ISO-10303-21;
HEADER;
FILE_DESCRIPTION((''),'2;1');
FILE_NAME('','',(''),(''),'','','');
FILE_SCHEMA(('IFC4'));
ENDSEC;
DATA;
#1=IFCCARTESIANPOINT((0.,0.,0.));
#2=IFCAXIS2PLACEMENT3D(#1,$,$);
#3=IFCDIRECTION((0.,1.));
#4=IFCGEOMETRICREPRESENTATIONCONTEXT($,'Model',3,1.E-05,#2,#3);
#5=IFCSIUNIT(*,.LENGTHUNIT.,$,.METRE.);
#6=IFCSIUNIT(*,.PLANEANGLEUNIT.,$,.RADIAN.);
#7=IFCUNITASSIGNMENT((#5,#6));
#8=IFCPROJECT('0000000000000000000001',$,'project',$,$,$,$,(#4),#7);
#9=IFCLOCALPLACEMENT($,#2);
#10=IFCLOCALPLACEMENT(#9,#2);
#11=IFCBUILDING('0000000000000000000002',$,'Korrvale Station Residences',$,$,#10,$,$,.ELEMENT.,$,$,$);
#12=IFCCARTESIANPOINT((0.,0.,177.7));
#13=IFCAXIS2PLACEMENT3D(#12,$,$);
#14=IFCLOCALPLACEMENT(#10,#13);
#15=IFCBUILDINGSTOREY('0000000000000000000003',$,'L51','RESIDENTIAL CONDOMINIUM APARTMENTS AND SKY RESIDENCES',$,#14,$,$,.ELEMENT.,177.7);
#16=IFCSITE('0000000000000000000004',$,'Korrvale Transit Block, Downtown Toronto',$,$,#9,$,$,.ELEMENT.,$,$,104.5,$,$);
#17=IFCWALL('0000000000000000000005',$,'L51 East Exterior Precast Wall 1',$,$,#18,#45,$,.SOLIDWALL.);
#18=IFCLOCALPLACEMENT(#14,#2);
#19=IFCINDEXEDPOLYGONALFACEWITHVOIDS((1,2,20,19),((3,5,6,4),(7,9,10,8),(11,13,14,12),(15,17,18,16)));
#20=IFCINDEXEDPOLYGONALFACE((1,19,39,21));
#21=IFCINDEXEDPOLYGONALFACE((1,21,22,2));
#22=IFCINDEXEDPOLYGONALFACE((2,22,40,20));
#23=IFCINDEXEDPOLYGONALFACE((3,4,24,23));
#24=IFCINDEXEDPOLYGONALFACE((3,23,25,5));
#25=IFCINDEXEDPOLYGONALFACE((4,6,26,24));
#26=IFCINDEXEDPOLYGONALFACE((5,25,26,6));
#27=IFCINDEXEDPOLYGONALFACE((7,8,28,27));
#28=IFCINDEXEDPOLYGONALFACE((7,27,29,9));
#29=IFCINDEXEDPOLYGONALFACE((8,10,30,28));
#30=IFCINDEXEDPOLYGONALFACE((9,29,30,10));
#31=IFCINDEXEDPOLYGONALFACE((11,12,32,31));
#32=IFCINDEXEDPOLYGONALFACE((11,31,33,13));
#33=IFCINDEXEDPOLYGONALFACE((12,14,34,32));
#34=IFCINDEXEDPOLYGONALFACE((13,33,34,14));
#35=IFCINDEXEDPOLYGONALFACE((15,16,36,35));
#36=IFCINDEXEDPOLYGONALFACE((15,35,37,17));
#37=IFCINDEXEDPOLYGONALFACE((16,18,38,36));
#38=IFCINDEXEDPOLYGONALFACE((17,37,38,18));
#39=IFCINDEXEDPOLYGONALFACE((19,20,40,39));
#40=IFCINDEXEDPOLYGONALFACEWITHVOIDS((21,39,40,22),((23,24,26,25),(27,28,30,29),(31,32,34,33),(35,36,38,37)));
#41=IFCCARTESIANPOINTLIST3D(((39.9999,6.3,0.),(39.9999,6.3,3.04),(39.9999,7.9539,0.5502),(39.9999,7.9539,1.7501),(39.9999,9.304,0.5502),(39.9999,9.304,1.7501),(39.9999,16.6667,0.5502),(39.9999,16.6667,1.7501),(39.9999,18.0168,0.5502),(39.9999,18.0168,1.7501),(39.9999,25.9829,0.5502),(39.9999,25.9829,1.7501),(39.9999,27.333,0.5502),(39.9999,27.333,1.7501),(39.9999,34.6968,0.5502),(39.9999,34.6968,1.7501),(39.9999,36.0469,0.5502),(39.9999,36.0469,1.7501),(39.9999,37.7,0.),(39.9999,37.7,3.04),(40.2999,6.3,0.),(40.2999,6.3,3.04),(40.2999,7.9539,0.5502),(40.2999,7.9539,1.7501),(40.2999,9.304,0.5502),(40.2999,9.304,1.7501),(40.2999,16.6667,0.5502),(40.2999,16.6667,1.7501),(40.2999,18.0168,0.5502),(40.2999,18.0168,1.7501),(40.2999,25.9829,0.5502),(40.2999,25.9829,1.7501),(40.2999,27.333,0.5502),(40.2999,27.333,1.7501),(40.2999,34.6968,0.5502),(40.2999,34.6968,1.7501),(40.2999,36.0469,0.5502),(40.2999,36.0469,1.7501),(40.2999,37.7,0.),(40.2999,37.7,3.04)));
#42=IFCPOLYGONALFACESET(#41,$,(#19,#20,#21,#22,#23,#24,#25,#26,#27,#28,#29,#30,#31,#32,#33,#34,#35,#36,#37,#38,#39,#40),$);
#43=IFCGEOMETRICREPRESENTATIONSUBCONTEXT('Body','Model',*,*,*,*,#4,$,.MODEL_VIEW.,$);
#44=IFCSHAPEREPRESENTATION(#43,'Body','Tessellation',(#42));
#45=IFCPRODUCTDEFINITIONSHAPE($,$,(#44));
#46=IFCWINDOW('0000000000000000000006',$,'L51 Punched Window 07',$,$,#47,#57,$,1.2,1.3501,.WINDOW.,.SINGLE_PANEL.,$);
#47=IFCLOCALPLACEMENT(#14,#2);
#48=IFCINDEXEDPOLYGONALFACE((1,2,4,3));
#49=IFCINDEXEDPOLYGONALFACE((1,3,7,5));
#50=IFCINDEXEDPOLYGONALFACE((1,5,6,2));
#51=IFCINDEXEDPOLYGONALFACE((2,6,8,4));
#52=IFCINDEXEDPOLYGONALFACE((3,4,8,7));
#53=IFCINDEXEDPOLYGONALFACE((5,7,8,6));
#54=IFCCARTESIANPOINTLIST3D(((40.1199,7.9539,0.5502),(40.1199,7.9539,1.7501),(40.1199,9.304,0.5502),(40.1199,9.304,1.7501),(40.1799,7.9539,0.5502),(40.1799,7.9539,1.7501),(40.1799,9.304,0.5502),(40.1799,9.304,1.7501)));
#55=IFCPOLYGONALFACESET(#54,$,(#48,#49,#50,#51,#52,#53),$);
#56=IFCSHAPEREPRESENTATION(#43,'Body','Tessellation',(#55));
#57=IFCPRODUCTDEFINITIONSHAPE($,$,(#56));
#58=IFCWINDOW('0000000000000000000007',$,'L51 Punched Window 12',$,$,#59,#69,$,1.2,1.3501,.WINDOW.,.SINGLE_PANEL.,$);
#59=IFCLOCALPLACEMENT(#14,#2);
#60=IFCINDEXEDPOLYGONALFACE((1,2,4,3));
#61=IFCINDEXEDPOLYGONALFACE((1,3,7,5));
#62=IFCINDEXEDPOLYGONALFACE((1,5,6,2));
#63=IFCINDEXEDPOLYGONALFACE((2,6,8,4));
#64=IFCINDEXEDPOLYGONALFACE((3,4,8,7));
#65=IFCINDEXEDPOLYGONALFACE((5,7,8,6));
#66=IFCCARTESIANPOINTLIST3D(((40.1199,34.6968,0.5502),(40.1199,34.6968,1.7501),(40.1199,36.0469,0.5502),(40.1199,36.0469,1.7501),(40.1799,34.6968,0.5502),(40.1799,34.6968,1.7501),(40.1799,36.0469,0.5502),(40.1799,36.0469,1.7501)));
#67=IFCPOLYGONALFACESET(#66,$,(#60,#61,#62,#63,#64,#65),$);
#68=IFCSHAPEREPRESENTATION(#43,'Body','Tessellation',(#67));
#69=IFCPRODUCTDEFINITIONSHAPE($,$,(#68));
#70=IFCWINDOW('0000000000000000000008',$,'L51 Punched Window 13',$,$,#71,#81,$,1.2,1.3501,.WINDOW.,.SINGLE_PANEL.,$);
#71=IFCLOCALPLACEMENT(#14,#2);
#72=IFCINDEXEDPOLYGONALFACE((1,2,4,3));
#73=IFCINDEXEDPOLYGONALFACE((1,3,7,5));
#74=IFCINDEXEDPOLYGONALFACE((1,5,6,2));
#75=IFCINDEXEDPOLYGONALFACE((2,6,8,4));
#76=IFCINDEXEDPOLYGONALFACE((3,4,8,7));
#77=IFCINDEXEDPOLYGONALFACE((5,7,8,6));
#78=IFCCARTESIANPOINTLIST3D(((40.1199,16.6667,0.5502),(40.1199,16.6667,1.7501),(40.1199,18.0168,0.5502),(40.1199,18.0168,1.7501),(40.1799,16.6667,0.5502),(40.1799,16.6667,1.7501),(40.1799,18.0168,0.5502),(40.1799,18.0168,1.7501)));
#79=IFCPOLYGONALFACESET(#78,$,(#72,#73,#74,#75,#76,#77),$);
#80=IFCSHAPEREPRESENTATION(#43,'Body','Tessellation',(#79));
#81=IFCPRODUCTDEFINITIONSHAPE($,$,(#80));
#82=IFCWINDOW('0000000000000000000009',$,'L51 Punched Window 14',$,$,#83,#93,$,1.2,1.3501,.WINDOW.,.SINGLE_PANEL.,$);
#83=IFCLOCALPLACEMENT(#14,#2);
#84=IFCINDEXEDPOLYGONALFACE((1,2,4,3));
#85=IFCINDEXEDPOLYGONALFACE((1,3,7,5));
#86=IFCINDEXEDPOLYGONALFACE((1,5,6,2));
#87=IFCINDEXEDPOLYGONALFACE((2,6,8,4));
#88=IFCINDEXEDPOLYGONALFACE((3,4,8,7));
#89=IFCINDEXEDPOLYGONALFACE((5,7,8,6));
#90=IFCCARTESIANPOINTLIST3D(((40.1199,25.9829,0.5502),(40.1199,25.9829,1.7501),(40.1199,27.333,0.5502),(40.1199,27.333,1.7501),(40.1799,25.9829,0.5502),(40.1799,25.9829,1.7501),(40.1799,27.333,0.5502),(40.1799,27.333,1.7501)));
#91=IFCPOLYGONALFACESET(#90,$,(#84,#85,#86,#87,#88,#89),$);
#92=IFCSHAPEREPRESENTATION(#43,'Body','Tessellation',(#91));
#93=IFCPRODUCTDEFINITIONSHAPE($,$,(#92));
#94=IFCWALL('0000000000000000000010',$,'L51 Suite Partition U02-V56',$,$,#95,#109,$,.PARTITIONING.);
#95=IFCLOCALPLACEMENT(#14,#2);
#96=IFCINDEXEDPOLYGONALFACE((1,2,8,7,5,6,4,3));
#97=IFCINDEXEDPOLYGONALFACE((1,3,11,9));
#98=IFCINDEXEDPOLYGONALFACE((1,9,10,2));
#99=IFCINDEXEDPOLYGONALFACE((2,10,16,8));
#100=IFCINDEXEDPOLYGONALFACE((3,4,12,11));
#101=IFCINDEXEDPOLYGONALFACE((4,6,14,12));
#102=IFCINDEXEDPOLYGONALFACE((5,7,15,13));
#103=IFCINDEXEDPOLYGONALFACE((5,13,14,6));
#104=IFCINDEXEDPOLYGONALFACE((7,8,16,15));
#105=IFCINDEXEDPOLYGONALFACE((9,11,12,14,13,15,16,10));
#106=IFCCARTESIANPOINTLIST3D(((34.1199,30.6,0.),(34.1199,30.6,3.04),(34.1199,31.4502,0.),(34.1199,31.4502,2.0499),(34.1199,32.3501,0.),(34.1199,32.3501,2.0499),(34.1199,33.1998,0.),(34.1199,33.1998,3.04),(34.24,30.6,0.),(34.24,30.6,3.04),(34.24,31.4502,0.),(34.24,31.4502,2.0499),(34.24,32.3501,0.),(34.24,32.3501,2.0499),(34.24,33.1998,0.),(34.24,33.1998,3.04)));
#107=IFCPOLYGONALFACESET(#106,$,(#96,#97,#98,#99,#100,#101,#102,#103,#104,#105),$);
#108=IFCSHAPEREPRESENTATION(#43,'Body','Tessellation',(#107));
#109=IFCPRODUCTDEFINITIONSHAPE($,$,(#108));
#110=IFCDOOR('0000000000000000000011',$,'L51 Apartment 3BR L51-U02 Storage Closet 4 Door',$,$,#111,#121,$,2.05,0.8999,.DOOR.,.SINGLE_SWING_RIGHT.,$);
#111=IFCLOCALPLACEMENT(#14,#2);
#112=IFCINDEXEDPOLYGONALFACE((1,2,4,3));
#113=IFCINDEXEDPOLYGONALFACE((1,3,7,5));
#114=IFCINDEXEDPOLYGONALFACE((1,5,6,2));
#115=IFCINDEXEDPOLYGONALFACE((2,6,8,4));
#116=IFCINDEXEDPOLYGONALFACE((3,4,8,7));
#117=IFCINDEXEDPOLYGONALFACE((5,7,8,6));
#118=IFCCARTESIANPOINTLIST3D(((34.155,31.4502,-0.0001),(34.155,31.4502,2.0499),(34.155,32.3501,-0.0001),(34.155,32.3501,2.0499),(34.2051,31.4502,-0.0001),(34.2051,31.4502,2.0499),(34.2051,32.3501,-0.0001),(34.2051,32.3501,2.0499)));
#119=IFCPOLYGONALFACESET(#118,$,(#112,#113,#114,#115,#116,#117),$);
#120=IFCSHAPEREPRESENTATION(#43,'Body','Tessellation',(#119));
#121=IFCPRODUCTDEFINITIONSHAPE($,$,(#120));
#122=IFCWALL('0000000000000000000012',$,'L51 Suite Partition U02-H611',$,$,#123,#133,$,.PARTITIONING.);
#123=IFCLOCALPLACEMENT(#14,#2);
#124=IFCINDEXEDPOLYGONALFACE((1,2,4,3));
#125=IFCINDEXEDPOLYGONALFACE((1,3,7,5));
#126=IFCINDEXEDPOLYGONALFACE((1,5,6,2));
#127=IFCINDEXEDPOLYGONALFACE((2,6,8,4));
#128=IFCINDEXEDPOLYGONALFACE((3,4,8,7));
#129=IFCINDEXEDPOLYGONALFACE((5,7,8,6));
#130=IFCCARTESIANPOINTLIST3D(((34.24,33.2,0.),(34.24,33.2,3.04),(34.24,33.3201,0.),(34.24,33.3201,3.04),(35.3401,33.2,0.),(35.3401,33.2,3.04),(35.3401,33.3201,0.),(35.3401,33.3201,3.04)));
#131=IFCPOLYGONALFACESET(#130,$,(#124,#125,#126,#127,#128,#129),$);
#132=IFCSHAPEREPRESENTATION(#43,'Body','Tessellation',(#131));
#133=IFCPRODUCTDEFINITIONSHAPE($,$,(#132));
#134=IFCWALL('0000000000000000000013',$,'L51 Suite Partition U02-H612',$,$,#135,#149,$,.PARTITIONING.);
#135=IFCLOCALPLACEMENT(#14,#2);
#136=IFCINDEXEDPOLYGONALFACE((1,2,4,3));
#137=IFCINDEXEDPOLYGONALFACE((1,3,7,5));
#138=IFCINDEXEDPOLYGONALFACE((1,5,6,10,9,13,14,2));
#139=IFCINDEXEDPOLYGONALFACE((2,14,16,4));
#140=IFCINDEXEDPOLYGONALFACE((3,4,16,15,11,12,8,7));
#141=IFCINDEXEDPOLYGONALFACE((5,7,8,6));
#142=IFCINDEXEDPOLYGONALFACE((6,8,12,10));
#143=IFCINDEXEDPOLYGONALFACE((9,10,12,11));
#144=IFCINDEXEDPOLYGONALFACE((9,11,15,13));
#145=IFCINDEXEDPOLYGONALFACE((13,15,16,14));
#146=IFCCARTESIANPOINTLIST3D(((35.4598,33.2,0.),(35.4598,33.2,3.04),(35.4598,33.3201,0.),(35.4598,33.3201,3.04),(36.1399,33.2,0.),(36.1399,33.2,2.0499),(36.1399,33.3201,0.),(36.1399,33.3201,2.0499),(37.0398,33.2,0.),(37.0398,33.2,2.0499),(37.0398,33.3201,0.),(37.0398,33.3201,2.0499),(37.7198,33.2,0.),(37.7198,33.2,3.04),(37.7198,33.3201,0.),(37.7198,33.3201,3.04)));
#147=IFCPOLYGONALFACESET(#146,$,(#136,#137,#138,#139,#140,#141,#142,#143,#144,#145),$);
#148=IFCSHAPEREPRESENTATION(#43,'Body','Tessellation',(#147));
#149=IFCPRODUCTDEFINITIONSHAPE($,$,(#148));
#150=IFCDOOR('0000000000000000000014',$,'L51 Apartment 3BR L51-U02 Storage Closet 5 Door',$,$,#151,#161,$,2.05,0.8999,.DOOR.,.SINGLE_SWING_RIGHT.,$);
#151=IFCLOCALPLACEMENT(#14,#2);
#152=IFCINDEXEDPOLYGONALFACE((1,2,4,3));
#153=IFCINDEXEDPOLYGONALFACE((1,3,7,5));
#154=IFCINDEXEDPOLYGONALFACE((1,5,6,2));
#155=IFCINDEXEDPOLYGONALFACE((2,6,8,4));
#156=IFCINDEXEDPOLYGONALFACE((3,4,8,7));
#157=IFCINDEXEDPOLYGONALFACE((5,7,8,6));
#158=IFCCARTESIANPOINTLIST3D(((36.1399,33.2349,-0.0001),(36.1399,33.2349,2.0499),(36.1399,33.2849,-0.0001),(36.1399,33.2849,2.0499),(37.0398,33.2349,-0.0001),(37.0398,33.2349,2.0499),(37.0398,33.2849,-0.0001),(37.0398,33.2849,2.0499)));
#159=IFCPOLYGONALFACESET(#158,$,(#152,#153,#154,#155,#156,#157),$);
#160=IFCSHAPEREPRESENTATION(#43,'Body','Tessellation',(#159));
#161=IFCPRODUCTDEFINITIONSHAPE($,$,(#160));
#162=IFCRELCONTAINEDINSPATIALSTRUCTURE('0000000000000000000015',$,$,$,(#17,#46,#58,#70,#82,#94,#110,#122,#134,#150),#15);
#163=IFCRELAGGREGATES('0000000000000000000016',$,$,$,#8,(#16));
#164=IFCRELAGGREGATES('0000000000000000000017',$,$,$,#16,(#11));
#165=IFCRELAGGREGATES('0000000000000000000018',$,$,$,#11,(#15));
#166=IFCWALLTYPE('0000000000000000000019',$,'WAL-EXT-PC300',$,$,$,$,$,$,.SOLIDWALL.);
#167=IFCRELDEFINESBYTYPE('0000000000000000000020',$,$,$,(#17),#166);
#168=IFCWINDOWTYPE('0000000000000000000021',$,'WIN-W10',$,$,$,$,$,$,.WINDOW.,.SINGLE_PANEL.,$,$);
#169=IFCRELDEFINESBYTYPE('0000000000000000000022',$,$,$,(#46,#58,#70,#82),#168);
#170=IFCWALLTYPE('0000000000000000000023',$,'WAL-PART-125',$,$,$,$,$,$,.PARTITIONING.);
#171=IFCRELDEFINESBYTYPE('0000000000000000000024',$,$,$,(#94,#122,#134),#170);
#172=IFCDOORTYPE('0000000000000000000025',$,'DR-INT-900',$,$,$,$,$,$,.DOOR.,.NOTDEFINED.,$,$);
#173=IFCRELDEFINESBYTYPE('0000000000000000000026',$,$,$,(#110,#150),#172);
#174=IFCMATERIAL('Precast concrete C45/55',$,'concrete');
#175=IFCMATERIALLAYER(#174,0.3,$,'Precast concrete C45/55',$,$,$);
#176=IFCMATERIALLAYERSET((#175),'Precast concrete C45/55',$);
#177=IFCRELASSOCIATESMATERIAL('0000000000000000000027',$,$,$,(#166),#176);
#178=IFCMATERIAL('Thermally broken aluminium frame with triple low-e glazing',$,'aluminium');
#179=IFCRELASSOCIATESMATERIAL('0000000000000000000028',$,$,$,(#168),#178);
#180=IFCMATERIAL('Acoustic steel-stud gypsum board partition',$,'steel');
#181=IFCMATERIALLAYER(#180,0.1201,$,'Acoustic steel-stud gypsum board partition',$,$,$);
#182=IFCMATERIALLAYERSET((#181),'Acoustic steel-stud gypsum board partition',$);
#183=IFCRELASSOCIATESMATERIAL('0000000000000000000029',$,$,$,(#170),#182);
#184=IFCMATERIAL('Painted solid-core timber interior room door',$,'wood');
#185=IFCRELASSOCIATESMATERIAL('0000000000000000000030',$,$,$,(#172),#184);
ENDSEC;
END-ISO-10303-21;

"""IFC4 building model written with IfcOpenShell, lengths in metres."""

from ifc_helpers import new_model, si_unit, direction, frame, frame_2d, origin, place, context, subcontext, project, spatial, rectangle, extrude, material, layer, layer_set, type_object, element, fill, save


model = new_model("IFC4")

# Units and contexts
model_context = context("Model", 3, precision=1e-05, world=origin(), true_north=direction((0.0, 1.0)))
body_context = subcontext(model_context, "Body", "Model", "MODEL_VIEW")
ifc_project = project(units=[si_unit("LENGTHUNIT", "METRE"), si_unit("PLANEANGLEUNIT", "RADIAN")], contexts=[model_context])

# Site, building, storey
site_placement = place(None, origin())
site = spatial("IfcSite", under=ifc_project, at=site_placement, Name="Korrvale Transit Block, Downtown Toronto", CompositionType="ELEMENT", RefElevation=104.5)
building_placement = place(site_placement, origin())
building = spatial("IfcBuilding", under=site, at=building_placement, Name="Korrvale Station Residences", CompositionType="ELEMENT")
storey_placement = place(building_placement, frame((0.0, 0.0, 177.7)))
storey = spatial("IfcBuildingStorey", under=building, at=storey_placement, Name="L51", Description="RESIDENTIAL CONDOMINIUM APARTMENTS AND SKY RESIDENCES", CompositionType="ELEMENT", Elevation=177.7)

# Shared definitions
ifc_material_1 = material(Name="Precast concrete C45/55", Category="concrete")
ifc_layer_1 = layer(ifc_material_1, 0.3, Name="Precast concrete C45/55")
ifc_layer_set_1 = layer_set([ifc_layer_1], Name="Precast concrete C45/55")
wall_type_1 = type_object("IfcWallType", Name="WAL-EXT-PC300", PredefinedType="SOLIDWALL", material=ifc_layer_set_1)

# Wall, openings, windows
wall_1_placement = place(storey_placement, frame((40.1499, 37.7, 0.0), z_axis=(0.0, 0.0, 1.0), x_axis=(0.0, -1.0, 0.0)))
wall_1 = element("IfcWall", 1, at=wall_1_placement, inside=storey, type_object=wall_type_1, Name="L51 East Exterior Precast Wall 1", PredefinedType="SOLIDWALL", context=body_context, shape_type="SweptSolid", body=[
    extrude(rectangle(XDim=31.3999, YDim=0.3, at=frame_2d((15.7, 0.0))), origin(), (0.0, 0.0, 1.0), 3.04),
])
opening_1_placement = place(wall_1_placement, frame((28.396, 0.0, 0.55)))
opening_1 = element("IfcOpeningElement", 2, at=opening_1_placement, cuts=wall_1, PredefinedType="OPENING", context=body_context, shape_type="SweptSolid", body=[
    extrude(rectangle(XDim=1.3501, YDim=1.2, at=frame_2d((0.675, 0.6001))), frame((0.0, 0.1602, 0.0), z_axis=(0.0, -1.0, 0.0), x_axis=(1.0, 0.0, 0.0)), (0.0, 0.0, 1.0), 0.3201),
])
opening_2_placement = place(wall_1_placement, frame((1.6531, 0.0, 0.55)))
opening_2 = element("IfcOpeningElement", 3, at=opening_2_placement, cuts=wall_1, PredefinedType="OPENING", context=body_context, shape_type="SweptSolid", body=[
    extrude(rectangle(XDim=1.3501, YDim=1.2, at=frame_2d((0.675, 0.6001))), frame((0.0, 0.1602, 0.0), z_axis=(0.0, -1.0, 0.0), x_axis=(1.0, 0.0, 0.0)), (0.0, 0.0, 1.0), 0.3201),
])
opening_3_placement = place(wall_1_placement, frame((19.6831, 0.0, 0.55)))
opening_3 = element("IfcOpeningElement", 4, at=opening_3_placement, cuts=wall_1, PredefinedType="OPENING", context=body_context, shape_type="SweptSolid", body=[
    extrude(rectangle(XDim=1.3501, YDim=1.2, at=frame_2d((0.675, 0.6001))), frame((0.0, 0.1602, 0.0), z_axis=(0.0, -1.0, 0.0), x_axis=(1.0, 0.0, 0.0)), (0.0, 0.0, 1.0), 0.3201),
])
opening_4_placement = place(wall_1_placement, frame((10.3669, 0.0, 0.55)))
opening_4 = element("IfcOpeningElement", 5, at=opening_4_placement, cuts=wall_1, PredefinedType="OPENING", context=body_context, shape_type="SweptSolid", body=[
    extrude(rectangle(XDim=1.3501, YDim=1.2, at=frame_2d((0.675, 0.6001))), frame((0.0, 0.1602, 0.0), z_axis=(0.0, -1.0, 0.0), x_axis=(1.0, 0.0, 0.0)), (0.0, 0.0, 1.0), 0.3201),
])
ifc_material_2 = material(Name="Thermally broken aluminium frame with triple low-e glazing", Category="aluminium")
window_type = type_object("IfcWindowType", Name="WIN-W10", PartitioningType="SINGLE_PANEL", PredefinedType="WINDOW", material=ifc_material_2)
window_1_placement = place(opening_1_placement, origin())
window_1 = element("IfcWindow", 6, at=window_1_placement, inside=storey, type_object=window_type, Name="L51 Punched Window 07", OverallHeight=1.2, OverallWidth=1.3501, PartitioningType="SINGLE_PANEL", PredefinedType="WINDOW", context=body_context, shape_type="SweptSolid", body=[
    extrude(rectangle(XDim=1.3501, YDim=1.2, at=frame_2d((0.675, 0.6001))), frame((0.0, 0.03, 0.0), z_axis=(0.0, -1.0, 0.0), x_axis=(1.0, 0.0, 0.0)), (0.0, 0.0, 1.0), 0.0601),
])
fill(opening_1, window_1)
window_2_placement = place(opening_2_placement, origin())
window_2 = element("IfcWindow", 7, at=window_2_placement, inside=storey, type_object=window_type, Name="L51 Punched Window 12", OverallHeight=1.2, OverallWidth=1.3501, PartitioningType="SINGLE_PANEL", PredefinedType="WINDOW", context=body_context, shape_type="SweptSolid", body=[
    extrude(rectangle(XDim=1.3501, YDim=1.2, at=frame_2d((0.675, 0.6001))), frame((0.0, 0.03, 0.0), z_axis=(0.0, -1.0, 0.0), x_axis=(1.0, 0.0, 0.0)), (0.0, 0.0, 1.0), 0.0601),
])
fill(opening_2, window_2)
window_3_placement = place(opening_3_placement, origin())
window_3 = element("IfcWindow", 8, at=window_3_placement, inside=storey, type_object=window_type, Name="L51 Punched Window 13", OverallHeight=1.2, OverallWidth=1.3501, PartitioningType="SINGLE_PANEL", PredefinedType="WINDOW", context=body_context, shape_type="SweptSolid", body=[
    extrude(rectangle(XDim=1.3501, YDim=1.2, at=frame_2d((0.675, 0.6001))), frame((0.0, 0.03, 0.0), z_axis=(0.0, -1.0, 0.0), x_axis=(1.0, 0.0, 0.0)), (0.0, 0.0, 1.0), 0.0601),
])
fill(opening_3, window_3)
window_4_placement = place(opening_4_placement, origin())
window_4 = element("IfcWindow", 9, at=window_4_placement, inside=storey, type_object=window_type, Name="L51 Punched Window 14", OverallHeight=1.2, OverallWidth=1.3501, PartitioningType="SINGLE_PANEL", PredefinedType="WINDOW", context=body_context, shape_type="SweptSolid", body=[
    extrude(rectangle(XDim=1.3501, YDim=1.2, at=frame_2d((0.675, 0.6001))), frame((0.0, 0.03, 0.0), z_axis=(0.0, -1.0, 0.0), x_axis=(1.0, 0.0, 0.0)), (0.0, 0.0, 1.0), 0.0601),
])
fill(opening_4, window_4)

# Wall, opening, door
ifc_material_3 = material(Name="Acoustic steel-stud gypsum board partition", Category="steel")
ifc_layer_2 = layer(ifc_material_3, 0.1201, Name="Acoustic steel-stud gypsum board partition")
ifc_layer_set_2 = layer_set([ifc_layer_2], Name="Acoustic steel-stud gypsum board partition")
wall_type_2 = type_object("IfcWallType", Name="WAL-PART-125", PredefinedType="PARTITIONING", material=ifc_layer_set_2)
wall_2_placement = place(storey_placement, frame((34.1799, 30.6001, 0.0), z_axis=(0.0, 0.0, 1.0), x_axis=(0.0, 1.0, 0.0)))
wall_2 = element("IfcWall", 10, at=wall_2_placement, inside=storey, type_object=wall_type_2, Name="L51 Suite Partition U02-V56", PredefinedType="PARTITIONING", context=body_context, shape_type="SweptSolid", body=[
    extrude(rectangle(XDim=2.5999, YDim=0.1201, at=frame_2d((1.2998, 0.0))), origin(), (0.0, 0.0, 1.0), 3.04),
])
opening_5_placement = place(wall_2_placement, frame((0.8501, 0.0, 0.0)))
opening_5 = element("IfcOpeningElement", 11, at=opening_5_placement, cuts=wall_2, PredefinedType="OPENING", context=body_context, shape_type="SweptSolid", body=[
    extrude(rectangle(XDim=0.8999, YDim=2.05, at=frame_2d((0.45, 1.0249))), frame((0.0, 0.0701, 0.0), z_axis=(0.0, -1.0, 0.0), x_axis=(1.0, 0.0, 0.0)), (0.0, 0.0, 1.0), 0.1401),
])
ifc_material_4 = material(Name="Painted solid-core timber interior room door", Category="wood")
door_type = type_object("IfcDoorType", Name="DR-INT-900", OperationType="NOTDEFINED", PredefinedType="DOOR", material=ifc_material_4)
door_1_placement = place(opening_5_placement, origin())
door_1 = element("IfcDoor", 12, at=door_1_placement, inside=storey, type_object=door_type, Name="L51 Apartment 3BR L51-U02 Storage Closet 4 Door", OperationType="SINGLE_SWING_RIGHT", OverallHeight=2.05, OverallWidth=0.8999, PredefinedType="DOOR", context=body_context, shape_type="SweptSolid", body=[
    extrude(rectangle(XDim=0.8999, YDim=2.05, at=frame_2d((0.45, 1.0249))), frame((0.0, 0.0249, 0.0), z_axis=(0.0, -1.0, 0.0), x_axis=(1.0, 0.0, 0.0)), (0.0, 0.0, 1.0), 0.05),
])
fill(opening_5, door_1)

# Wall
wall_3_placement = place(storey_placement, frame((34.24, 33.26, 0.0), z_axis=(0.0, 0.0, 1.0), x_axis=(1.0, 0.0, 0.0)))
element("IfcWall", 13, at=wall_3_placement, inside=storey, type_object=wall_type_2, Name="L51 Suite Partition U02-H611", PredefinedType="PARTITIONING", context=body_context, shape_type="SweptSolid", body=[
    extrude(rectangle(XDim=1.1001, YDim=0.1201, at=frame_2d((0.55, 0.0))), origin(), (0.0, 0.0, 1.0), 3.04),
])

# Wall, opening, door
wall_4_placement = place(storey_placement, frame((35.46, 33.26, 0.0), z_axis=(0.0, 0.0, 1.0), x_axis=(1.0, 0.0, 0.0)))
wall_4 = element("IfcWall", 14, at=wall_4_placement, inside=storey, type_object=wall_type_2, Name="L51 Suite Partition U02-H612", PredefinedType="PARTITIONING", context=body_context, shape_type="SweptSolid", body=[
    extrude(rectangle(XDim=2.26, YDim=0.1201, at=frame_2d((1.1299, 0.0))), origin(), (0.0, 0.0, 1.0), 3.04),
])
opening_6_placement = place(wall_4_placement, frame((0.6799, 0.0, 0.0)))
opening_6 = element("IfcOpeningElement", 15, at=opening_6_placement, cuts=wall_4, PredefinedType="OPENING", context=body_context, shape_type="SweptSolid", body=[
    extrude(rectangle(XDim=0.8999, YDim=2.05, at=frame_2d((0.45, 1.0249))), frame((0.0, 0.0701, 0.0), z_axis=(0.0, -1.0, 0.0), x_axis=(1.0, 0.0, 0.0)), (0.0, 0.0, 1.0), 0.1401),
])
door_2_placement = place(opening_6_placement, origin())
door_2 = element("IfcDoor", 16, at=door_2_placement, inside=storey, type_object=door_type, Name="L51 Apartment 3BR L51-U02 Storage Closet 5 Door", OperationType="SINGLE_SWING_RIGHT", OverallHeight=2.05, OverallWidth=0.8999, PredefinedType="DOOR", context=body_context, shape_type="SweptSolid", body=[
    extrude(rectangle(XDim=0.8999, YDim=2.05, at=frame_2d((0.45, 1.0249))), frame((0.0, 0.0249, 0.0), z_axis=(0.0, -1.0, 0.0), x_axis=(1.0, 0.0, 0.0)), (0.0, 0.0, 1.0), 0.05),
])
fill(opening_6, door_2)

save(model, "model.ifc")
